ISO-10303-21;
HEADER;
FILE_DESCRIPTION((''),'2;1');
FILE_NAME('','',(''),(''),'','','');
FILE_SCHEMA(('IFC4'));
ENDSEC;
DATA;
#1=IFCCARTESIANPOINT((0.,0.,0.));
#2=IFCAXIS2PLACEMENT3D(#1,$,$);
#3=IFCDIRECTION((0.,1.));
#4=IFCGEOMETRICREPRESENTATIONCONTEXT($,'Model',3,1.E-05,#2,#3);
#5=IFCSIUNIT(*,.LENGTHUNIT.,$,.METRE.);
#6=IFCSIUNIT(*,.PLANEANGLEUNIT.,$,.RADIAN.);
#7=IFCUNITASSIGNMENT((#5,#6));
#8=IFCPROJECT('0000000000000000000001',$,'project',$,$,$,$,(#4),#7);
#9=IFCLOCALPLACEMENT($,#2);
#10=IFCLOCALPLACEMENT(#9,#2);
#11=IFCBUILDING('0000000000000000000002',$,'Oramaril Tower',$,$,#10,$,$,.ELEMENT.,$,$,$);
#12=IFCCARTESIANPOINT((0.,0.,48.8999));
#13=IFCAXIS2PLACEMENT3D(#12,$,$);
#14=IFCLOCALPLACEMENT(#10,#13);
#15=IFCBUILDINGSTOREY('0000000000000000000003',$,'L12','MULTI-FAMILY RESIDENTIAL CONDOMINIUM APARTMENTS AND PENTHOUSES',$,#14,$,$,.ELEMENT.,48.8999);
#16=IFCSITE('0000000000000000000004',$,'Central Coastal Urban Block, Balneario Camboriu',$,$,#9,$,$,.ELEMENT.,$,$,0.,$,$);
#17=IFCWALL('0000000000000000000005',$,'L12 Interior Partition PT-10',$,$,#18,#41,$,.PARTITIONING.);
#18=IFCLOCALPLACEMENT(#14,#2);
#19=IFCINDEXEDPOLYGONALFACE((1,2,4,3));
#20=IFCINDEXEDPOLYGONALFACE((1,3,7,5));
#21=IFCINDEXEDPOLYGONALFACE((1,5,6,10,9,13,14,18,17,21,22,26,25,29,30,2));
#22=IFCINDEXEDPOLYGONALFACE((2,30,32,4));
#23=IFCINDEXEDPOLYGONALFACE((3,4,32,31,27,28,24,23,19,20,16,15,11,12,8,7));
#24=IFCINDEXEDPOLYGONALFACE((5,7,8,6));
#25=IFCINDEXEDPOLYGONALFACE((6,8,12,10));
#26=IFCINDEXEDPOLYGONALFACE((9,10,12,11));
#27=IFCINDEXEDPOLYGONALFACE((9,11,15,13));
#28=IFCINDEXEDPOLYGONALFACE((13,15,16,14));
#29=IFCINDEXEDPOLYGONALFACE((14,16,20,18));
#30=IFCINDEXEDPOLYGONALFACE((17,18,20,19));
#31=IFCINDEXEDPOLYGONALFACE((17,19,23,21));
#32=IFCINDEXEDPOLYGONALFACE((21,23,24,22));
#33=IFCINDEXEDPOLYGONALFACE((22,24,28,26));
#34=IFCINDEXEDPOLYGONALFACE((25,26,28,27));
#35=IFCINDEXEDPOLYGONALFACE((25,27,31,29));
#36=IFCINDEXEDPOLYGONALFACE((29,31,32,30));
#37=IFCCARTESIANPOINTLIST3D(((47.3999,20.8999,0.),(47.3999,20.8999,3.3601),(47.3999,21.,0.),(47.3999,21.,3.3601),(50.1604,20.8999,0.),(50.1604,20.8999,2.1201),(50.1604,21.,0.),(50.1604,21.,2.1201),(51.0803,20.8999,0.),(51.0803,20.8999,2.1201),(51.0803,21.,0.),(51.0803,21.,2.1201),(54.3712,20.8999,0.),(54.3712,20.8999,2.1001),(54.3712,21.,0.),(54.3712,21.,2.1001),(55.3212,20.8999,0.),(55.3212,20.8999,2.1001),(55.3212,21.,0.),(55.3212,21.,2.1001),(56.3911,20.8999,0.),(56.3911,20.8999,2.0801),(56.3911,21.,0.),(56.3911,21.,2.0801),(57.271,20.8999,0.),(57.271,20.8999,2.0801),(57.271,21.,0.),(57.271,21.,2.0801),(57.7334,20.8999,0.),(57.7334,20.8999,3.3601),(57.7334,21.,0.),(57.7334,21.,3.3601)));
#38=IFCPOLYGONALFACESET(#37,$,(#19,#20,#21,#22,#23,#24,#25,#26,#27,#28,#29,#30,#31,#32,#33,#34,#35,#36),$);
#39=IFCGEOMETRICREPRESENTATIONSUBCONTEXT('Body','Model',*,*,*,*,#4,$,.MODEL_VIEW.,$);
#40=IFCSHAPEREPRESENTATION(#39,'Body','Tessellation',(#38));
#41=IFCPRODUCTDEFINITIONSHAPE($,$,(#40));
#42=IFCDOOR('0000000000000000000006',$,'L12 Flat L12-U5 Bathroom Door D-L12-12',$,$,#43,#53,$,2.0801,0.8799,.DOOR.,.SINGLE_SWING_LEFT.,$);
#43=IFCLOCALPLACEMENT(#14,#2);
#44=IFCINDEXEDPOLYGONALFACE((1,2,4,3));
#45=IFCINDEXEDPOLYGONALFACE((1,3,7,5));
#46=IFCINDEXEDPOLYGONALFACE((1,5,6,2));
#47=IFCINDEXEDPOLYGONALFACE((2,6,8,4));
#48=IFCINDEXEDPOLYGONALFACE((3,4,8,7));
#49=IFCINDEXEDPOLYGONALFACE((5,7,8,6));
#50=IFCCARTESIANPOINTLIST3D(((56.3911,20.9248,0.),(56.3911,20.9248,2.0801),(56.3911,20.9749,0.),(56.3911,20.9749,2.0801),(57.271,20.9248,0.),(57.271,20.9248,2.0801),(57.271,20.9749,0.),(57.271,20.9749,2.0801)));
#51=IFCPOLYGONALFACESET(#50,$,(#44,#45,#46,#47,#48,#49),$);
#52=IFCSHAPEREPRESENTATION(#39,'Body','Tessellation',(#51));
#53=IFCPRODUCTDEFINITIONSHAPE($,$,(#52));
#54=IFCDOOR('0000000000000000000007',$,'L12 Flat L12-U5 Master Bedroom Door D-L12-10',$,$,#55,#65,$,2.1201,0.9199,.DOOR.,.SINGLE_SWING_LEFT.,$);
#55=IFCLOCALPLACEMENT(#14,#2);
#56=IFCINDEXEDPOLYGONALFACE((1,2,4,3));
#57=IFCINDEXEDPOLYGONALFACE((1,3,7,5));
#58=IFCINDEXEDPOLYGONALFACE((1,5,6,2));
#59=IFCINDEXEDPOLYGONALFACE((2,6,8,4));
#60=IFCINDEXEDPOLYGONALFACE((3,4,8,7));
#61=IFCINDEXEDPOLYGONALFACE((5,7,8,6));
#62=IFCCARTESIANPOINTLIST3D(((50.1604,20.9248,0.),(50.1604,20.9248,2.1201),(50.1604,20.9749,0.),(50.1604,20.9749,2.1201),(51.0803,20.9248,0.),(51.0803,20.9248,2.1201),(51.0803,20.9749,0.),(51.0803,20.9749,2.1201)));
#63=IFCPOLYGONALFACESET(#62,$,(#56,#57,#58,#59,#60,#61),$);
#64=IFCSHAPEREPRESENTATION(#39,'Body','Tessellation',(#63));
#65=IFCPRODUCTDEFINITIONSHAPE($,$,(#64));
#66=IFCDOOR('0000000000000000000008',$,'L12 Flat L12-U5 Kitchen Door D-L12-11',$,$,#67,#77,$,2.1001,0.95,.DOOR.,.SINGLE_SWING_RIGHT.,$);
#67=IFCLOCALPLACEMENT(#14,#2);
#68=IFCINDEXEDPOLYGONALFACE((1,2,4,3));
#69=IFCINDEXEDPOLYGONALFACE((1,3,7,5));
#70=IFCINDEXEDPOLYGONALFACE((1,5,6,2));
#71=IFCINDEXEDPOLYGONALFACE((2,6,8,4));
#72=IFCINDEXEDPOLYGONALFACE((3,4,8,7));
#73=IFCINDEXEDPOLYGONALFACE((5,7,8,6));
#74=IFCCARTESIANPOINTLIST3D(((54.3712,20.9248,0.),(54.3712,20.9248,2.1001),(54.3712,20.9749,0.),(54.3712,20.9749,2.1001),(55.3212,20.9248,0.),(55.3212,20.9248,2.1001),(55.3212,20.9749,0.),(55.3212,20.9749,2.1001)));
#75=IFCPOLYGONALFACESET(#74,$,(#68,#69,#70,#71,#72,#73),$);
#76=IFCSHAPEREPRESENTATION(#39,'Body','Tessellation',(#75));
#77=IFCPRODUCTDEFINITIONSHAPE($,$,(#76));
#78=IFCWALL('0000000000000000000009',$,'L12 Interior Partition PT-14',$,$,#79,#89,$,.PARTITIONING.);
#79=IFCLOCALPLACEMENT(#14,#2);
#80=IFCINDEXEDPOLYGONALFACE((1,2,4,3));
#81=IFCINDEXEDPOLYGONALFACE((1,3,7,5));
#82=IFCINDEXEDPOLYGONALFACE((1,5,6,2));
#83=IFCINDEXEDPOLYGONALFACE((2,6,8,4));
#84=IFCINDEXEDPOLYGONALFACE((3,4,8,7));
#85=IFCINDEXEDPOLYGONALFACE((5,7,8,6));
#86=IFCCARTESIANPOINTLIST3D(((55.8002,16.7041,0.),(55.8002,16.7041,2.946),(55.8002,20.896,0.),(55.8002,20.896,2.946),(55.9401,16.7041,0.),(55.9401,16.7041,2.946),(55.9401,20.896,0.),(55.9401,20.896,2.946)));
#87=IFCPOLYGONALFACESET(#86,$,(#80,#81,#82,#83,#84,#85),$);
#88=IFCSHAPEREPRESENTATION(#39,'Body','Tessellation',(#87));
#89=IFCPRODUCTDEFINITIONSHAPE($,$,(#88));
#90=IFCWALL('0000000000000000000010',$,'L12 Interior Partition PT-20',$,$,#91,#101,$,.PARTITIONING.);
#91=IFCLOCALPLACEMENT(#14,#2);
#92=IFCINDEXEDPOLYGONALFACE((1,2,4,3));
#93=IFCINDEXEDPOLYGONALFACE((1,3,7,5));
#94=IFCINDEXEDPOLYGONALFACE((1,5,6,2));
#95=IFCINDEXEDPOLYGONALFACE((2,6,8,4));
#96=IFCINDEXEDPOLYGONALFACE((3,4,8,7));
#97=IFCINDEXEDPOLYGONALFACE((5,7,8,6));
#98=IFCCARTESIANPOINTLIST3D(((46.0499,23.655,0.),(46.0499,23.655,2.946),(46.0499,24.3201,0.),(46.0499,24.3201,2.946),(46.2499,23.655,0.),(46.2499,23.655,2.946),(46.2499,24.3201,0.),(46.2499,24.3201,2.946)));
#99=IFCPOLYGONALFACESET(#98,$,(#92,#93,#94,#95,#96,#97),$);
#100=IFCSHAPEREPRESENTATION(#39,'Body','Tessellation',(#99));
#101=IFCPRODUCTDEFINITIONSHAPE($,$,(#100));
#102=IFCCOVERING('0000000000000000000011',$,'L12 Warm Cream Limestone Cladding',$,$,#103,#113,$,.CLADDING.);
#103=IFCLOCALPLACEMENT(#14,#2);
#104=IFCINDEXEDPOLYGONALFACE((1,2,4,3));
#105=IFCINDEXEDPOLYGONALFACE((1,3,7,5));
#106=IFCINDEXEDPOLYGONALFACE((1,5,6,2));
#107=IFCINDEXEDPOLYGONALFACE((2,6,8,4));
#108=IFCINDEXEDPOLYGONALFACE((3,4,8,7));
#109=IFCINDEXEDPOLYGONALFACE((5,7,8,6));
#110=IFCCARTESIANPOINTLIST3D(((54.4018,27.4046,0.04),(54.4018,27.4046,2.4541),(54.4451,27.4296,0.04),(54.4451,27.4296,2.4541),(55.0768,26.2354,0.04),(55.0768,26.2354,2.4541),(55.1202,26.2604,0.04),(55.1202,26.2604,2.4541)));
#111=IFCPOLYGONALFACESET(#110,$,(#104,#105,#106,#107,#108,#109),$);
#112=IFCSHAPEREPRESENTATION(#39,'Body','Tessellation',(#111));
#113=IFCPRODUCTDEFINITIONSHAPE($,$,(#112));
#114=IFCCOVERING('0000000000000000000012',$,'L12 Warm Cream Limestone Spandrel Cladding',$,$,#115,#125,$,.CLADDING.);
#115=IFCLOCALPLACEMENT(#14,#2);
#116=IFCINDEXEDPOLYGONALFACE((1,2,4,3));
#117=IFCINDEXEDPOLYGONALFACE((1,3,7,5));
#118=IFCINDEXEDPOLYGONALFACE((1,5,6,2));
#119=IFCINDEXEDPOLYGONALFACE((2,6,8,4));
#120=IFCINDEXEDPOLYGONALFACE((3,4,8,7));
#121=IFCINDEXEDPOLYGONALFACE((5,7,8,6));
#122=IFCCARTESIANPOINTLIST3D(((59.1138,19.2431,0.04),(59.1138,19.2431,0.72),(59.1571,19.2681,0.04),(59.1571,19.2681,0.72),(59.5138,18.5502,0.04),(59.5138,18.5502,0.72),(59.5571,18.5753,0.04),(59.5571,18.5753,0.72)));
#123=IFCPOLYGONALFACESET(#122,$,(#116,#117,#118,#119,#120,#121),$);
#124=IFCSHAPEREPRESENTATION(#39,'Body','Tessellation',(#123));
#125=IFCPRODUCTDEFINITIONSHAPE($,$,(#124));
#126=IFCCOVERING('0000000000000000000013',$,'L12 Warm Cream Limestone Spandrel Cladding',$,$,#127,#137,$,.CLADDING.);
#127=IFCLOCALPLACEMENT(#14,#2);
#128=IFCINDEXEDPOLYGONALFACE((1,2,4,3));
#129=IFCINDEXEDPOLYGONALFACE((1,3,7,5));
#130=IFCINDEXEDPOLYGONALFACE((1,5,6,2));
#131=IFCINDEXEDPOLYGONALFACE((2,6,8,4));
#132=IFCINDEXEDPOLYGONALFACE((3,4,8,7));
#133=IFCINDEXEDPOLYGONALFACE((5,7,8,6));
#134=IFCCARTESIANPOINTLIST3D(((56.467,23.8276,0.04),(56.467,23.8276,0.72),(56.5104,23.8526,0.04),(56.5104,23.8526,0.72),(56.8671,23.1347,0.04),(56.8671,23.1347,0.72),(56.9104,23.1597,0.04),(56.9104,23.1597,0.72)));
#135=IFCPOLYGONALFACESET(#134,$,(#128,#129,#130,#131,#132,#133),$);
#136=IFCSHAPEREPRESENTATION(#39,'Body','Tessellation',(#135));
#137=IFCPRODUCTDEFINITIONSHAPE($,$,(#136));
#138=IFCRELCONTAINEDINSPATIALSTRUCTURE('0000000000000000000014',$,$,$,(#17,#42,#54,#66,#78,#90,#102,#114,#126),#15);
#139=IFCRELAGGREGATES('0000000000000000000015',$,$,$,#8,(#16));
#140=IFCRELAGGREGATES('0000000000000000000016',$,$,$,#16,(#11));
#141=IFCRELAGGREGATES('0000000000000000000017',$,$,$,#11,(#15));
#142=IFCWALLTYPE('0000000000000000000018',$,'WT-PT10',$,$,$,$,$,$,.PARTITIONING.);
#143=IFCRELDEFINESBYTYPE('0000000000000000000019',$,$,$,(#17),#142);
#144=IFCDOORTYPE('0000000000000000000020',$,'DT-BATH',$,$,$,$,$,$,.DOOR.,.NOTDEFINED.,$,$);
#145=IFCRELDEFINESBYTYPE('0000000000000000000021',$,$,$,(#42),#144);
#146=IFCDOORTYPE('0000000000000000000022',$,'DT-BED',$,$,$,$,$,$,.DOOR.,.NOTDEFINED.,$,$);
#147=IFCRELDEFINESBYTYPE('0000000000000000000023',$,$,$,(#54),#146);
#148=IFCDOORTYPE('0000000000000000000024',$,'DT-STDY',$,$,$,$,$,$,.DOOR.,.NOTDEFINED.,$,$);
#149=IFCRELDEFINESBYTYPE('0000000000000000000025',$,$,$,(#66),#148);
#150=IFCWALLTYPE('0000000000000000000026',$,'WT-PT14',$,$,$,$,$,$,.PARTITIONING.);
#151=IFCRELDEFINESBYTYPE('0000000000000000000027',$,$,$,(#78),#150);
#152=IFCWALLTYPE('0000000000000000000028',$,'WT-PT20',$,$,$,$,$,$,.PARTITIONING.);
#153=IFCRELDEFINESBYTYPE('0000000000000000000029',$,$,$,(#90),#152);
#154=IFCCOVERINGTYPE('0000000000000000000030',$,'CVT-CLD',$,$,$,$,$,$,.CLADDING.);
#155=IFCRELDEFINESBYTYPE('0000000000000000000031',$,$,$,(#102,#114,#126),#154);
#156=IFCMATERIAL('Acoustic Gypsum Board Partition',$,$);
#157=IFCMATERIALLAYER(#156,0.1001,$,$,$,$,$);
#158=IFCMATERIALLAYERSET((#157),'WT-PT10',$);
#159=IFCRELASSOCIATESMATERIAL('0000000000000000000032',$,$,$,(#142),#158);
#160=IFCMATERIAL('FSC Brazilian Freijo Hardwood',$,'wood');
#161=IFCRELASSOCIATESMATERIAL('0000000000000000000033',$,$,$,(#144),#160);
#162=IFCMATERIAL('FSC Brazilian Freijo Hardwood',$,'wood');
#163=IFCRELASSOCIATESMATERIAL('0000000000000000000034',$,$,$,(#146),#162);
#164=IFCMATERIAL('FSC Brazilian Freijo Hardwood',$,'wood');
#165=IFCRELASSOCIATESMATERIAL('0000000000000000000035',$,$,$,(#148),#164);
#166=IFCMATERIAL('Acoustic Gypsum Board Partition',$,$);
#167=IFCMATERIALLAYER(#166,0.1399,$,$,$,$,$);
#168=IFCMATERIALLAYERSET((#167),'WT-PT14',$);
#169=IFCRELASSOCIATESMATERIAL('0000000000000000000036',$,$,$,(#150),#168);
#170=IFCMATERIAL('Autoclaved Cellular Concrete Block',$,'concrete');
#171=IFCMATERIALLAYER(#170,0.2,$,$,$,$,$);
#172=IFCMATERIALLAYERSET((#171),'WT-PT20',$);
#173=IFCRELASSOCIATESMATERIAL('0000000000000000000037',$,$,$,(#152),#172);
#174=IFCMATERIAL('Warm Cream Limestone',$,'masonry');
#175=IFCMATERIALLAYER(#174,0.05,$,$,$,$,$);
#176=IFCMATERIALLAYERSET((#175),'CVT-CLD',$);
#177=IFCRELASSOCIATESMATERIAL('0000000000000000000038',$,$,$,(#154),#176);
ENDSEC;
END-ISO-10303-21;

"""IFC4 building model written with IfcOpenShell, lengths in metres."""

from ifc_helpers import new_model, si_unit, direction, frame, frame_2d, origin, origin_2d, place, context, subcontext, project, spatial, rectangle, extrude, material, layer, layer_set, type_object, element, fill, save


model = new_model("IFC4")

# Units and contexts
model_context = context("Model", 3, precision=1e-05, world=origin(), true_north=direction((0.0, 1.0)))
body_context = subcontext(model_context, "Body", "Model", "MODEL_VIEW")
ifc_project = project(units=[si_unit("LENGTHUNIT", "METRE"), si_unit("PLANEANGLEUNIT", "RADIAN")], contexts=[model_context])

# Site, building, storey
site_placement = place(None, origin())
site = spatial("IfcSite", under=ifc_project, at=site_placement, Name="Central Coastal Urban Block, Balneario Camboriu", CompositionType="ELEMENT", RefElevation=0.0)
building_placement = place(site_placement, origin())
building = spatial("IfcBuilding", under=site, at=building_placement, Name="Oramaril Tower", CompositionType="ELEMENT")
storey_placement = place(building_placement, frame((0.0, 0.0, 48.8999)))
storey = spatial("IfcBuildingStorey", under=building, at=storey_placement, Name="L12", Description="MULTI-FAMILY RESIDENTIAL CONDOMINIUM APARTMENTS AND PENTHOUSES", CompositionType="ELEMENT", Elevation=48.8999)

# Wall, openings, doors
ifc_material_1 = material(Name="Acoustic Gypsum Board Partition")
ifc_layer_1 = layer(ifc_material_1, 0.1001)
ifc_layer_set_1 = layer_set([ifc_layer_1], Name="WT-PT10")
wall_type_1 = type_object("IfcWallType", Name="WT-PT10", PredefinedType="PARTITIONING", material=ifc_layer_set_1)
wall_1_placement = place(storey_placement, frame((47.3999, 20.95, 0.0), z_axis=(0.0, 0.0, 1.0), x_axis=(1.0, 0.0, 0.0)))
wall_1 = element("IfcWall", 1, at=wall_1_placement, inside=storey, type_object=wall_type_1, Name="L12 Interior Partition PT-10", PredefinedType="PARTITIONING", context=body_context, shape_type="SweptSolid", body=[
    extrude(rectangle(XDim=10.3335, YDim=0.1001, at=frame_2d((5.1667, 0.0))), origin(), (0.0, 0.0, 1.0), 3.3601),
])
opening_1_placement = place(wall_1_placement, frame((2.7605, 0.0, 0.0)))
opening_1 = element("IfcOpeningElement", 2, at=opening_1_placement, cuts=wall_1, PredefinedType="OPENING", context=body_context, shape_type="SweptSolid", body=[
    extrude(rectangle(XDim=0.9199, YDim=2.1201, at=frame_2d((0.46, 1.0601))), frame((0.0, 0.05, 0.0), z_axis=(0.0, -1.0, 0.0), x_axis=(1.0, 0.0, 0.0)), (0.0, 0.0, 1.0), 0.1001),
])
opening_2_placement = place(wall_1_placement, frame((6.9712, 0.0, 0.0)))
opening_2 = element("IfcOpeningElement", 3, at=opening_2_placement, cuts=wall_1, PredefinedType="OPENING", context=body_context, shape_type="SweptSolid", body=[
    extrude(rectangle(XDim=0.95, YDim=2.1001, at=frame_2d((0.4751, 1.05))), frame((0.0, 0.05, 0.0), z_axis=(0.0, -1.0, 0.0), x_axis=(1.0, 0.0, 0.0)), (0.0, 0.0, 1.0), 0.1001),
])
opening_3_placement = place(wall_1_placement, frame((8.9912, 0.0, 0.0)))
opening_3 = element("IfcOpeningElement", 4, at=opening_3_placement, cuts=wall_1, PredefinedType="OPENING", context=body_context, shape_type="SweptSolid", body=[
    extrude(rectangle(XDim=0.8799, YDim=2.0801, at=frame_2d((0.4399, 1.04))), frame((0.0, 0.05, 0.0), z_axis=(0.0, -1.0, 0.0), x_axis=(1.0, 0.0, 0.0)), (0.0, 0.0, 1.0), 0.1001),
])
ifc_material_2 = material(Name="FSC Brazilian Freijo Hardwood", Category="wood")
door_type_1 = type_object("IfcDoorType", Name="DT-BATH", OperationType="NOTDEFINED", PredefinedType="DOOR", material=ifc_material_2)
door_1_placement = place(opening_3_placement, origin())
door_1 = element("IfcDoor", 5, at=door_1_placement, inside=storey, type_object=door_type_1, Name="L12 Flat L12-U5 Bathroom Door D-L12-12", OperationType="SINGLE_SWING_LEFT", OverallHeight=2.0801, OverallWidth=0.8799, PredefinedType="DOOR", context=body_context, shape_type="SweptSolid", body=[
    extrude(rectangle(XDim=0.8799, YDim=2.0801, at=frame_2d((0.4399, 1.04))), frame((0.0, 0.0249, 0.0), z_axis=(0.0, -1.0, 0.0), x_axis=(1.0, 0.0, 0.0)), (0.0, 0.0, 1.0), 0.05),
])
fill(opening_3, door_1)
ifc_material_3 = material(Name="FSC Brazilian Freijo Hardwood", Category="wood")
door_type_2 = type_object("IfcDoorType", Name="DT-BED", OperationType="NOTDEFINED", PredefinedType="DOOR", material=ifc_material_3)
door_2_placement = place(opening_1_placement, origin())
door_2 = element("IfcDoor", 6, at=door_2_placement, inside=storey, type_object=door_type_2, Name="L12 Flat L12-U5 Master Bedroom Door D-L12-10", OperationType="SINGLE_SWING_LEFT", OverallHeight=2.1201, OverallWidth=0.9199, PredefinedType="DOOR", context=body_context, shape_type="SweptSolid", body=[
    extrude(rectangle(XDim=0.9199, YDim=2.1201, at=frame_2d((0.46, 1.0601))), frame((0.0, 0.0249, 0.0), z_axis=(0.0, -1.0, 0.0), x_axis=(1.0, 0.0, 0.0)), (0.0, 0.0, 1.0), 0.05),
])
fill(opening_1, door_2)
ifc_material_4 = material(Name="FSC Brazilian Freijo Hardwood", Category="wood")
door_type_3 = type_object("IfcDoorType", Name="DT-STDY", OperationType="NOTDEFINED", PredefinedType="DOOR", material=ifc_material_4)
door_3_placement = place(opening_2_placement, origin())
door_3 = element("IfcDoor", 7, at=door_3_placement, inside=storey, type_object=door_type_3, Name="L12 Flat L12-U5 Kitchen Door D-L12-11", OperationType="SINGLE_SWING_RIGHT", OverallHeight=2.1001, OverallWidth=0.95, PredefinedType="DOOR", context=body_context, shape_type="SweptSolid", body=[
    extrude(rectangle(XDim=0.95, YDim=2.1001, at=frame_2d((0.4751, 1.05))), frame((0.0, 0.0249, 0.0), z_axis=(0.0, -1.0, 0.0), x_axis=(1.0, 0.0, 0.0)), (0.0, 0.0, 1.0), 0.05),
])
fill(opening_2, door_3)

# Walls
ifc_material_5 = material(Name="Acoustic Gypsum Board Partition")
ifc_layer_2 = layer(ifc_material_5, 0.1399)
ifc_layer_set_2 = layer_set([ifc_layer_2], Name="WT-PT14")
wall_type_2 = type_object("IfcWallType", Name="WT-PT14", PredefinedType="PARTITIONING", material=ifc_layer_set_2)
wall_2_placement = place(storey_placement, frame((55.8701, 16.7041, 0.0), z_axis=(0.0, 0.0, 1.0), x_axis=(0.0, 1.0, 0.0)))
element("IfcWall", 8, at=wall_2_placement, inside=storey, type_object=wall_type_2, Name="L12 Interior Partition PT-14", PredefinedType="PARTITIONING", context=body_context, shape_type="SweptSolid", body=[
    extrude(rectangle(XDim=4.1919, YDim=0.1399, at=frame_2d((2.0959, 0.0))), origin(), (0.0, 0.0, 1.0), 2.946),
])
ifc_material_6 = material(Name="Autoclaved Cellular Concrete Block", Category="concrete")
ifc_layer_3 = layer(ifc_material_6, 0.2)
ifc_layer_set_3 = layer_set([ifc_layer_3], Name="WT-PT20")
wall_type_3 = type_object("IfcWallType", Name="WT-PT20", PredefinedType="PARTITIONING", material=ifc_layer_set_3)
wall_3_placement = place(storey_placement, frame((46.1499, 23.655, 0.0), z_axis=(0.0, 0.0, 1.0), x_axis=(0.0, 1.0, 0.0)))
element("IfcWall", 9, at=wall_3_placement, inside=storey, type_object=wall_type_3, Name="L12 Interior Partition PT-20", PredefinedType="PARTITIONING", context=body_context, shape_type="SweptSolid", body=[
    extrude(rectangle(XDim=0.665, YDim=0.2, at=frame_2d((0.3325, 0.0))), origin(), (0.0, 0.0, 1.0), 2.946),
])

# Coverings
ifc_material_7 = material(Name="Warm Cream Limestone", Category="masonry")
ifc_layer_4 = layer(ifc_material_7, 0.05)
ifc_layer_set_4 = layer_set([ifc_layer_4], Name="CVT-CLD")
covering_type = type_object("IfcCoveringType", Name="CVT-CLD", PredefinedType="CLADDING", material=ifc_layer_set_4)
covering_placement = place(storey_placement, frame((54.761, 26.8325, 0.04), z_axis=(0.0, 0.0, 1.0), x_axis=(-0.5, 0.866025, 0.0)))
element("IfcCovering", 10, at=covering_placement, inside=storey, type_object=covering_type, Name="L12 Warm Cream Limestone Cladding", PredefinedType="CLADDING", context=body_context, shape_type="SweptSolid", body=[
    extrude(rectangle(XDim=1.3501, YDim=0.05, at=origin_2d()), origin(), (0.0, 0.0, 1.0), 2.4141),
])
for number, where, z_axis, x_axis, name in (
    (11, (59.3354, 18.9092, 0.04), (0.0, 0.0, 1.0), (-0.5, 0.866025, 0.0), "L12 Warm Cream Limestone Spandrel Cladding"),
    (12, (56.6887, 23.4937, 0.04), (0.0, 0.0, 1.0), (-0.5, 0.866025, 0.0), "L12 Warm Cream Limestone Spandrel Cladding"),
):
    element("IfcCovering", number, at=place(storey_placement, frame(where, z_axis=z_axis, x_axis=x_axis)), inside=storey, type_object=covering_type, Name=name, PredefinedType="CLADDING", context=body_context, shape_type="SweptSolid", body=[
        extrude(rectangle(XDim=0.8, YDim=0.05, at=origin_2d()), origin(), (0.0, 0.0, 1.0), 0.6799),
    ])

save(model, "model.ifc")
